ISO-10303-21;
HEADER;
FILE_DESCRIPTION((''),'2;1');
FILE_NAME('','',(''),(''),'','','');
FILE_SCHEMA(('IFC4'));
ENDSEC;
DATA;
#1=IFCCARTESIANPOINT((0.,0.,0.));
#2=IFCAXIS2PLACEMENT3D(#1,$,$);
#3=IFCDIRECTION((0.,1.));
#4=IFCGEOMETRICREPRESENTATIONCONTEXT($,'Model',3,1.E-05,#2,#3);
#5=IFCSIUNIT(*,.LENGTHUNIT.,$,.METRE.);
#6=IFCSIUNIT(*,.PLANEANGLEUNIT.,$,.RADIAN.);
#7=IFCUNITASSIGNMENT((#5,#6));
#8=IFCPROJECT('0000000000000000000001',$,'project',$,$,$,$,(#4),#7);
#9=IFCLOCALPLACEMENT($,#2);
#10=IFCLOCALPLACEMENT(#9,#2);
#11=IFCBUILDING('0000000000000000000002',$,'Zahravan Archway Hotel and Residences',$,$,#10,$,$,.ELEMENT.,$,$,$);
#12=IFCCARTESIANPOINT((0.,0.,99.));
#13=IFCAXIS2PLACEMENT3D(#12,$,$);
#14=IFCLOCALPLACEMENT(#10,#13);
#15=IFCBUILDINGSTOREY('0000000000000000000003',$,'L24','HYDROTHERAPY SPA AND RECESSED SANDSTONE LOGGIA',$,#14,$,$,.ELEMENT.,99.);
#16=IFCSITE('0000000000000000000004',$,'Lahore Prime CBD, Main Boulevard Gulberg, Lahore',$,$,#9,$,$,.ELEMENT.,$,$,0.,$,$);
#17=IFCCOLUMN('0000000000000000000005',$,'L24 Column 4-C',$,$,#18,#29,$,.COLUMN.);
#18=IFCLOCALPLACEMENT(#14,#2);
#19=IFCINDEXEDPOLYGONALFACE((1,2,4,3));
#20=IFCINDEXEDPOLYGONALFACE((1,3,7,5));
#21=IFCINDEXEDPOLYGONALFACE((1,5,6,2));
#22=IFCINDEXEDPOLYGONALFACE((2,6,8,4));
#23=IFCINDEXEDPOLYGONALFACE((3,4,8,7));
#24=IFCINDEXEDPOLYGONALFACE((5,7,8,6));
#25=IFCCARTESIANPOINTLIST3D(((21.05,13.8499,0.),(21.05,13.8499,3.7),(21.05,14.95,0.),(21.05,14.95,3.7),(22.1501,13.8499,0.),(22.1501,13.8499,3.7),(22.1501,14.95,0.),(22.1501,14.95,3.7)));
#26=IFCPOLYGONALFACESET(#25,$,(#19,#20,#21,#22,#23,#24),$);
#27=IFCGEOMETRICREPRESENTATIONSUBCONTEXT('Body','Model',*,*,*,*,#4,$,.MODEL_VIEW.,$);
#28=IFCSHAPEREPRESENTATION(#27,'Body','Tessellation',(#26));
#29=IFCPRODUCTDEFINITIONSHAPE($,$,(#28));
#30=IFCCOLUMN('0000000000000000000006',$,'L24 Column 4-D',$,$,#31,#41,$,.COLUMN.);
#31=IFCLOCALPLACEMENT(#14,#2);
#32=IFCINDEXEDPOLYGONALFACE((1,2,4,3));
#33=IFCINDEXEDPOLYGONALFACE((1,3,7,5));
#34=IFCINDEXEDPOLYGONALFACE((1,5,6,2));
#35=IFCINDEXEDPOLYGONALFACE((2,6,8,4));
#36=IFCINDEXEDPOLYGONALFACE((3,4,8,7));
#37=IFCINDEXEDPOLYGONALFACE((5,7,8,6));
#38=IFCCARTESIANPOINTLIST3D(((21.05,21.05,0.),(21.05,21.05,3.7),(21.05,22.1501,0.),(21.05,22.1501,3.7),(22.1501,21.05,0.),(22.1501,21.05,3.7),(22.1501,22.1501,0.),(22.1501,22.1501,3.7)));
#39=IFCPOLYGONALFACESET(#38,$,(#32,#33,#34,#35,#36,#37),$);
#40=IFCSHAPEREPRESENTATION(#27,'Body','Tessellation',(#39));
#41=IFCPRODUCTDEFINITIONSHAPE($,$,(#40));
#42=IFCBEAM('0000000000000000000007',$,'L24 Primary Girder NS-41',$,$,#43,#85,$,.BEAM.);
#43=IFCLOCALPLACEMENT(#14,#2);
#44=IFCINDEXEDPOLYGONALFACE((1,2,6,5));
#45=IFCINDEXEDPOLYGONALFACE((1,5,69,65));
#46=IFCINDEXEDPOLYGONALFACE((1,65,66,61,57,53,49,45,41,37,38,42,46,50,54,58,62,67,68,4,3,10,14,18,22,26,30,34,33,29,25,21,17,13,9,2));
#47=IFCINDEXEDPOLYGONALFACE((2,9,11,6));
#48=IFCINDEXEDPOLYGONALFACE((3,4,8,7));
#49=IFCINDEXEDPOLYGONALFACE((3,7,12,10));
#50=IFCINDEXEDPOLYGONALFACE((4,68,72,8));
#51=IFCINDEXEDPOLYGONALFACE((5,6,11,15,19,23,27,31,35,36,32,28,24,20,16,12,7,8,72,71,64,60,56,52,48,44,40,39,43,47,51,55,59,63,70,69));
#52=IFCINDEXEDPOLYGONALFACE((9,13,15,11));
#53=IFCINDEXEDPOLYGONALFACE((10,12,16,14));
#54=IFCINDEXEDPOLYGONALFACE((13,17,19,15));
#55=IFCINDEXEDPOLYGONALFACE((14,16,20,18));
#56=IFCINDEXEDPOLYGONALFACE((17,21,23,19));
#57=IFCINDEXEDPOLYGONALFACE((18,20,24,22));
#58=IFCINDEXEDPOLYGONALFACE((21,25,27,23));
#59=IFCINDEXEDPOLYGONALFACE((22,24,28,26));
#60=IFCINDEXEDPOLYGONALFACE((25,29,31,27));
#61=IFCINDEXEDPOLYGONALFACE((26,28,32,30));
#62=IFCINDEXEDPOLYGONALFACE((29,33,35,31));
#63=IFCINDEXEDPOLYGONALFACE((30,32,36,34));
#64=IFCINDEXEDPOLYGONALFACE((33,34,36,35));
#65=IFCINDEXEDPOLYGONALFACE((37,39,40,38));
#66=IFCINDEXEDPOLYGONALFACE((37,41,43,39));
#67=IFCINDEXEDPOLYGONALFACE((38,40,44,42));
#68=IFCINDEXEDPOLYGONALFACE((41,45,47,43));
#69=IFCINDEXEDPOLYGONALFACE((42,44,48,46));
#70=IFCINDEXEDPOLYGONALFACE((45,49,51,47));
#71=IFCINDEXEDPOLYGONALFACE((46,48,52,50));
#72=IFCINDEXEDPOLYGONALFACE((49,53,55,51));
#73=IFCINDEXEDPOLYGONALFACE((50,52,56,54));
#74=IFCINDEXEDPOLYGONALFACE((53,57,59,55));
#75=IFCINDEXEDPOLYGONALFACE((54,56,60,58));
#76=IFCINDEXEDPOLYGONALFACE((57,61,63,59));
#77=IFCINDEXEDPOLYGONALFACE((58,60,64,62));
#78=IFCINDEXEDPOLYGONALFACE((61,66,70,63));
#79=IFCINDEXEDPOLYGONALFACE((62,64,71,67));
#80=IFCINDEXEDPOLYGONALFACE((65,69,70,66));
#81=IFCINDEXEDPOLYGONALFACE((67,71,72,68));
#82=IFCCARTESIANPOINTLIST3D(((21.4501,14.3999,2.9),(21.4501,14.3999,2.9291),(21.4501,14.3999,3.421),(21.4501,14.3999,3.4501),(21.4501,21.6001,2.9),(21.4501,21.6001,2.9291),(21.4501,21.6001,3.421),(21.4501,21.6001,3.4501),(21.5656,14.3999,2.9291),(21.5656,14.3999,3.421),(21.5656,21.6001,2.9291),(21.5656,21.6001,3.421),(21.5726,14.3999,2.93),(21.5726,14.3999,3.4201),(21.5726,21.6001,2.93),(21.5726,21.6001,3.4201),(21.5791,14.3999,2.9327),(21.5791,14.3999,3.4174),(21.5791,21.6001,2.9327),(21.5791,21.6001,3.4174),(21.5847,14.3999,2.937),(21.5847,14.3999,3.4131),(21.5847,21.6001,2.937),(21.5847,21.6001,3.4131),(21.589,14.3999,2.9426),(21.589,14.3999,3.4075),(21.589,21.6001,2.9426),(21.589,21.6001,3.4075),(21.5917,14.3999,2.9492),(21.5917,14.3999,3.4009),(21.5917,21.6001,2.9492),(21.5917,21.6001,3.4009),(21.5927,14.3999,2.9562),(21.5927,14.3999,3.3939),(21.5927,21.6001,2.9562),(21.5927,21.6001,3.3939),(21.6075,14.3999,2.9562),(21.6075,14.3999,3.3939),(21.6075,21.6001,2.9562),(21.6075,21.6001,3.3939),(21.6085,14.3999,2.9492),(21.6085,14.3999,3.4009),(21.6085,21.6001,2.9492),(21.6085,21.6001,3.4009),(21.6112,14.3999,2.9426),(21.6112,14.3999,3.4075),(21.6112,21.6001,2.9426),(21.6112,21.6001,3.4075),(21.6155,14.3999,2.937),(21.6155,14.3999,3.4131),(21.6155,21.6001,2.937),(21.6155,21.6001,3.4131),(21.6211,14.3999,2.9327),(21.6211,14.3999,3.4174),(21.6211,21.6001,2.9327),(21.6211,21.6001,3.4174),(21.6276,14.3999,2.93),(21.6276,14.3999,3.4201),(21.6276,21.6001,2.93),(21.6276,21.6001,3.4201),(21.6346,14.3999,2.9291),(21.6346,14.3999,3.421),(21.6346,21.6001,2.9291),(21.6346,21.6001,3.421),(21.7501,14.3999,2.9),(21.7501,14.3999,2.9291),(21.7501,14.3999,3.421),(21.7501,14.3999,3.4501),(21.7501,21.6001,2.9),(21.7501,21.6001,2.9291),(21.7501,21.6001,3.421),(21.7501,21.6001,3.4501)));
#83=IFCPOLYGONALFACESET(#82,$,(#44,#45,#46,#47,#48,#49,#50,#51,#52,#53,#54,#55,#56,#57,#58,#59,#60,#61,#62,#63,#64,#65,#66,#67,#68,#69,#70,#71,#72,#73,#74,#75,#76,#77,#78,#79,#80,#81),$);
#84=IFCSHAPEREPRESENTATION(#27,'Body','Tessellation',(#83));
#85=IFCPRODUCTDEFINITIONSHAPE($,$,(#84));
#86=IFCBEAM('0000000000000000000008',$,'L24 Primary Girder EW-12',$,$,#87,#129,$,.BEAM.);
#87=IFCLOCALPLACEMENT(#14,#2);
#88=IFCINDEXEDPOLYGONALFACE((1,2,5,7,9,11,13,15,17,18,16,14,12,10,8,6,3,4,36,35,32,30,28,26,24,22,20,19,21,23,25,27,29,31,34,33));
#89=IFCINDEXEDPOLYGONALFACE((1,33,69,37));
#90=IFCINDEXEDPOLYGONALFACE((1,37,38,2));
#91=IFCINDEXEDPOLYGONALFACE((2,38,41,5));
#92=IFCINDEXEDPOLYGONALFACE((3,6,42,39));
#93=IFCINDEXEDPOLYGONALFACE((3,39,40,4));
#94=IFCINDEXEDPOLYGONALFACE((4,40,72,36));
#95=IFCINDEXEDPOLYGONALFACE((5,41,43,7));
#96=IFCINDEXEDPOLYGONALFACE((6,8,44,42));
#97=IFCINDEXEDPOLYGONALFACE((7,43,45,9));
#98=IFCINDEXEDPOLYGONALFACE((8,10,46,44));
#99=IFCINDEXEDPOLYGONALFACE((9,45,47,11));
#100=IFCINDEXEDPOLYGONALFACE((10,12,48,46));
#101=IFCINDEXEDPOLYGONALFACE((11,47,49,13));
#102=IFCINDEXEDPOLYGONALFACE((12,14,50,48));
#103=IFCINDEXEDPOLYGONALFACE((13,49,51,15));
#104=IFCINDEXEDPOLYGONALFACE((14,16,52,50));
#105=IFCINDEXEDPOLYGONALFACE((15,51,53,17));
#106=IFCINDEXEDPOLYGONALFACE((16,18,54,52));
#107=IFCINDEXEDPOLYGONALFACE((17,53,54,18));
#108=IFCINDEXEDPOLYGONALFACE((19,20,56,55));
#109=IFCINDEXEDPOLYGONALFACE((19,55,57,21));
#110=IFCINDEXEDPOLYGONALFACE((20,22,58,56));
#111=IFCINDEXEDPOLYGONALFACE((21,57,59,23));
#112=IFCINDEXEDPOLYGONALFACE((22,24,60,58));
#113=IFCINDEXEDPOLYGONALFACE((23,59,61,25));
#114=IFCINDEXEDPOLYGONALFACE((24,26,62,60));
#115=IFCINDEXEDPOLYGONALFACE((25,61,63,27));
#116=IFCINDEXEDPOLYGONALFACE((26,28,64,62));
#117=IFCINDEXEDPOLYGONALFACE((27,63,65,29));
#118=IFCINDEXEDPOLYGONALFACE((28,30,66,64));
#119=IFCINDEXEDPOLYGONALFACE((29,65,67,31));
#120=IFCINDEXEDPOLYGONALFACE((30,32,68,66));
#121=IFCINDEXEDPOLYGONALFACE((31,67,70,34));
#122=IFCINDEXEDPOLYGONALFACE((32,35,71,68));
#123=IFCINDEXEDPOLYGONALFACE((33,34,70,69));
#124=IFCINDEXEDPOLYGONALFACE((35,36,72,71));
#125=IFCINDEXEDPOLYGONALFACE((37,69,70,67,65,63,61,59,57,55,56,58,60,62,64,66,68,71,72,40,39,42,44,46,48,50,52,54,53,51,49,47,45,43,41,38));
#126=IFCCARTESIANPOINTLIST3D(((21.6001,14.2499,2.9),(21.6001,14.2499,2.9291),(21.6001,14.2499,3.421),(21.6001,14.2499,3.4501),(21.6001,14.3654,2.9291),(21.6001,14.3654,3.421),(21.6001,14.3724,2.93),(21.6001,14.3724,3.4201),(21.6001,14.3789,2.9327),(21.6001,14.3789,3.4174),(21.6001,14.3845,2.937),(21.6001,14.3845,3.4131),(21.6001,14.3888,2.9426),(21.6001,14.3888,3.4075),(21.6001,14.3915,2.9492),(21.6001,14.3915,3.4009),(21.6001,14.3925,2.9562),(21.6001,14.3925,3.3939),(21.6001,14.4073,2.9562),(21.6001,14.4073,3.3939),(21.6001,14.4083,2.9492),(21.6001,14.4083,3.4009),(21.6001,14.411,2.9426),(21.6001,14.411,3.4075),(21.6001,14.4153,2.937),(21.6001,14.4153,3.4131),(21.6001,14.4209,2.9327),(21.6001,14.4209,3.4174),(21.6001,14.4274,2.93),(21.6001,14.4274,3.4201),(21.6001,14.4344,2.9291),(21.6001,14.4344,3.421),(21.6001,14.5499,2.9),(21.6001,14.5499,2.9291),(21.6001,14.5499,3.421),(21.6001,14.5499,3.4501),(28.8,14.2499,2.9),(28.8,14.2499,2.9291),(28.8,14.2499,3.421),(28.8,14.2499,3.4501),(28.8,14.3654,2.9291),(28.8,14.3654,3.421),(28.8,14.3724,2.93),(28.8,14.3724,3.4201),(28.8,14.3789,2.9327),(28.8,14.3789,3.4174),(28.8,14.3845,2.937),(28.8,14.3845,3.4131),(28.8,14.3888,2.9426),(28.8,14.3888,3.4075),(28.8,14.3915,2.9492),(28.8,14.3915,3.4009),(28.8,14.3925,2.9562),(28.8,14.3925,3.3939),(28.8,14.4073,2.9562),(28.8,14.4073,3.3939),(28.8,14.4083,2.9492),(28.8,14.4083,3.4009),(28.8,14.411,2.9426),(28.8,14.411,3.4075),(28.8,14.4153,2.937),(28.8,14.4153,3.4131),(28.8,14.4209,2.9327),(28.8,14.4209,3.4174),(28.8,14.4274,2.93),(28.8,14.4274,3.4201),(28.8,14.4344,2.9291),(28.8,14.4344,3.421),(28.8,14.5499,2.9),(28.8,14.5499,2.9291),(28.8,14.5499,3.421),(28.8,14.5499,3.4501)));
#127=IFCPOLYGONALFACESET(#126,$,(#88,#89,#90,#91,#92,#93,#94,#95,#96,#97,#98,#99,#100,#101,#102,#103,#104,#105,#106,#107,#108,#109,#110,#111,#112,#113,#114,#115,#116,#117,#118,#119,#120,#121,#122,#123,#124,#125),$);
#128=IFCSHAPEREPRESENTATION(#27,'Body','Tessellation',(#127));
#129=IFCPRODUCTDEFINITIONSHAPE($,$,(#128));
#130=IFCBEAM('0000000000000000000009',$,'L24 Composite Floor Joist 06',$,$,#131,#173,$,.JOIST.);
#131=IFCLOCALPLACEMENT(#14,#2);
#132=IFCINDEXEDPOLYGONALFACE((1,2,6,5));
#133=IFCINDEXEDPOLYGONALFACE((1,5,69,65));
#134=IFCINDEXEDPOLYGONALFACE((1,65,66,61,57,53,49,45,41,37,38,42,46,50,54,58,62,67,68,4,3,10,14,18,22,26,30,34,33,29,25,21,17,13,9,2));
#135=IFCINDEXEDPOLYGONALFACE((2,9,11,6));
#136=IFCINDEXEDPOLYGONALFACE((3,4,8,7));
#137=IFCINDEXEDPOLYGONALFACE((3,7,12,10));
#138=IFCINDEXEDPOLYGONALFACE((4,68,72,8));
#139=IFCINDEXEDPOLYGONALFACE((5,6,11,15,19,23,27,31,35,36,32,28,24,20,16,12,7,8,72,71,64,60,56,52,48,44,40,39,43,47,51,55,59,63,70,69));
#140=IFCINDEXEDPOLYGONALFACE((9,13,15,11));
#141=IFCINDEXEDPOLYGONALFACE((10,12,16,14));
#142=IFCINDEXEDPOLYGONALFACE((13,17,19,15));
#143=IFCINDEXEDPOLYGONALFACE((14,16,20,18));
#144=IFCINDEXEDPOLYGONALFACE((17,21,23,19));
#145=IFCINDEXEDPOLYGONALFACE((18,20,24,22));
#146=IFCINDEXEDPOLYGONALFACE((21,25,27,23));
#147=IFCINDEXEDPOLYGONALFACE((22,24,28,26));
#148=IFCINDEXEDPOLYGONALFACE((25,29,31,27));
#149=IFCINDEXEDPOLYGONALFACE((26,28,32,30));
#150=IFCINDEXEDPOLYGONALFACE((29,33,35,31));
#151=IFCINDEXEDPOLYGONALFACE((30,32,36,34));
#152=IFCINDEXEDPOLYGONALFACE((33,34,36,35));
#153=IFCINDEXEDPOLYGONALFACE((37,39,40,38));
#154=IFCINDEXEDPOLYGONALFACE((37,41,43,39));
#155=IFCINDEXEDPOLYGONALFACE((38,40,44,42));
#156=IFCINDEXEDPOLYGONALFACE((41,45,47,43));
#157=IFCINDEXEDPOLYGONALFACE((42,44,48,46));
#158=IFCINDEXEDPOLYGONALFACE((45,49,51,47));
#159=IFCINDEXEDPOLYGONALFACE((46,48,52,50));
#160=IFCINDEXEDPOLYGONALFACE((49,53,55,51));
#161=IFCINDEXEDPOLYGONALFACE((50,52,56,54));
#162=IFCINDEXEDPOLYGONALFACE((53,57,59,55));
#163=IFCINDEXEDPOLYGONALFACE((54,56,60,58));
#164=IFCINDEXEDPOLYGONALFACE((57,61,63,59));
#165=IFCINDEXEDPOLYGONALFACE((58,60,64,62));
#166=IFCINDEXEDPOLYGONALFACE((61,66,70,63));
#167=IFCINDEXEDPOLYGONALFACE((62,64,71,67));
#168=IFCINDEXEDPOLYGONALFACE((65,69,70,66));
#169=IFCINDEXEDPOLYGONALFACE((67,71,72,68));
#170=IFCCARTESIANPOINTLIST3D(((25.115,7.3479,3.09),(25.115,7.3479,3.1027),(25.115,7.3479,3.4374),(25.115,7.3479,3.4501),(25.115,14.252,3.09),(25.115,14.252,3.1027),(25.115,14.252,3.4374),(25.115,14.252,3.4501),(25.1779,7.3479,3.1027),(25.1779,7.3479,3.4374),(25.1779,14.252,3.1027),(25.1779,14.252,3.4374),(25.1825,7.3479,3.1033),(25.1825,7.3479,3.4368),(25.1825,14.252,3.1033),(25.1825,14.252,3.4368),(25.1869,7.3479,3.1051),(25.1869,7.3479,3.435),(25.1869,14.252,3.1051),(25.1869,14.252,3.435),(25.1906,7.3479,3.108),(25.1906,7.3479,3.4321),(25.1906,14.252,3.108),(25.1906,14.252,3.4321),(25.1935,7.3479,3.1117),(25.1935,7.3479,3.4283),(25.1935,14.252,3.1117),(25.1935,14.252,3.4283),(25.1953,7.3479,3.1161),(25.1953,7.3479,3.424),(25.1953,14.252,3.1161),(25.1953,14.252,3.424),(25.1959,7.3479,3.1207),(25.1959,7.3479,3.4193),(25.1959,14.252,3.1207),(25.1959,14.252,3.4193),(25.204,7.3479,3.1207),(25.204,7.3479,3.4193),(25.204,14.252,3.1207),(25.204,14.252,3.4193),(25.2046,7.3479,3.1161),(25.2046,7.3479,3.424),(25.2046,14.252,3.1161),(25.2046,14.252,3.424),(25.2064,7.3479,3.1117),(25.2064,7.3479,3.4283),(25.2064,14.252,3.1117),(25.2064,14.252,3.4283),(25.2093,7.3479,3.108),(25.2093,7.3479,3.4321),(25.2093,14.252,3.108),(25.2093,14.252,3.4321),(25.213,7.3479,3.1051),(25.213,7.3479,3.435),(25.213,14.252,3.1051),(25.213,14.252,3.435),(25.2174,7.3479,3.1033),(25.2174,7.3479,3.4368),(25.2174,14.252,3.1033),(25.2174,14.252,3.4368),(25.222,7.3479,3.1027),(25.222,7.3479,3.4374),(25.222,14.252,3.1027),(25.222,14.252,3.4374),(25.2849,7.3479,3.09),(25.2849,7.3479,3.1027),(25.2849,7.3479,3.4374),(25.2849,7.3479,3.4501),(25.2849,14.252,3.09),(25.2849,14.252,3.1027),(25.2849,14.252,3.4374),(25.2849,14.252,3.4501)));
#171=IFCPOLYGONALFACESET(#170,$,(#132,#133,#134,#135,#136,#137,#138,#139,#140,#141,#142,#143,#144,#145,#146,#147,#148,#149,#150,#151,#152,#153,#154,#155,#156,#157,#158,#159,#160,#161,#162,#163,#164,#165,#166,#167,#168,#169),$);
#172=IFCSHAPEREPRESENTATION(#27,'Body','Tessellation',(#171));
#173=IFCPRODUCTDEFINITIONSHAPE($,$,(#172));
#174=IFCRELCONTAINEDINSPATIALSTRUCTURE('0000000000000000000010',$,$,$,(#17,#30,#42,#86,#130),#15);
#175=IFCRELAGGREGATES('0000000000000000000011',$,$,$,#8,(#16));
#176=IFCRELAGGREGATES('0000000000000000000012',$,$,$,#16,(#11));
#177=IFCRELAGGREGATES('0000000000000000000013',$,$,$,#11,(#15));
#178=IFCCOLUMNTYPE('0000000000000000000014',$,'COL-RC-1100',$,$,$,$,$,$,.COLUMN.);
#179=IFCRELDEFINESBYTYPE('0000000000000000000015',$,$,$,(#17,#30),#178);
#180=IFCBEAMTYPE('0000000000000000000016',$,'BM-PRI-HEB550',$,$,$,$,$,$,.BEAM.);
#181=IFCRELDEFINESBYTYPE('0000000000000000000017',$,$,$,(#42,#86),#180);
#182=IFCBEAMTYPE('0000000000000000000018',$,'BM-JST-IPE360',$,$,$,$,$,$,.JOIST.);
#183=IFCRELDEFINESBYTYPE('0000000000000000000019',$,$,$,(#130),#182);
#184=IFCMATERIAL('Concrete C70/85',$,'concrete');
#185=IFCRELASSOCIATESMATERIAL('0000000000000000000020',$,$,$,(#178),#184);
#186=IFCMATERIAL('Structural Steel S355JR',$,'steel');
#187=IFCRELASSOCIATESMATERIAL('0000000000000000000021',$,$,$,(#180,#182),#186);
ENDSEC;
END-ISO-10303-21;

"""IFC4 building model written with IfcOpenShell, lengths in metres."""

from ifc_helpers import new_model, si_unit, direction, frame, origin, origin_2d, place, context, subcontext, project, spatial, rectangle, i_section, extrude, source, transform, mapped, material, material_profile, profile_set, type_object, type_shapes, element, save


model = new_model("IFC4")

# Units and contexts
model_context = context("Model", 3, precision=1e-05, world=origin(), true_north=direction((0.0, 1.0)))
body_context = subcontext(model_context, "Body", "Model", "MODEL_VIEW")
ifc_project = project(units=[si_unit("LENGTHUNIT", "METRE"), si_unit("PLANEANGLEUNIT", "RADIAN")], contexts=[model_context])

# Site, building, storey
site_placement = place(None, origin())
site = spatial("IfcSite", under=ifc_project, at=site_placement, Name="Lahore Prime CBD, Main Boulevard Gulberg, Lahore", CompositionType="ELEMENT", RefElevation=0.0)
building_placement = place(site_placement, origin())
building = spatial("IfcBuilding", under=site, at=building_placement, Name="Zahravan Archway Hotel and Residences", CompositionType="ELEMENT")
storey_placement = place(building_placement, frame((0.0, 0.0, 99.0)))
storey = spatial("IfcBuildingStorey", under=building, at=storey_placement, Name="L24", Description="HYDROTHERAPY SPA AND RECESSED SANDSTONE LOGGIA", CompositionType="ELEMENT", Elevation=99.0)

# Columns
ifc_material_1 = material(Name="Concrete C70/85", Category="concrete")
ifc_material_profile_1 = material_profile(ifc_material_1, rectangle(XDim=1.1001, YDim=1.1001, at=origin_2d()), Name="RC 1100x1100", Category="concrete")
ifc_profile_set_1 = profile_set([ifc_material_profile_1], Name="Concrete C70/85")
column_type = type_object("IfcColumnType", Name="COL-RC-1100", PredefinedType="COLUMN", material=ifc_profile_set_1)
shared_shape_1 = source(origin(), body_context, "Body", "SweptSolid", [
    extrude(rectangle(XDim=1.1001, YDim=1.1001, at=origin_2d()), origin(), (0.0, 0.0, 1.0), 3.7),
])
for number, where, z_axis, x_axis, name in (
    (1, (21.6001, 14.3999, 0.0), (0.0, 0.0, 1.0), (1.0, 0.0, 0.0), "L24 Column 4-C"),
    (2, (21.6001, 21.6001, 0.0), (0.0, 0.0, 1.0), (1.0, 0.0, 0.0), "L24 Column 4-D"),
):
    element("IfcColumn", number, at=place(storey_placement, frame(where, z_axis=z_axis, x_axis=x_axis)), inside=storey, type_object=column_type, Name=name, PredefinedType="COLUMN", context=body_context, shape_type="MappedRepresentation", body=[
        mapped(shared_shape_1, transform((0.0, 0.0, 0.0), scale=1.0)),
    ])

# Beams
ifc_material_2 = material(Name="Structural Steel S355JR", Category="steel")
ifc_material_profile_2 = material_profile(ifc_material_2, i_section(OverallWidth=0.3, OverallDepth=0.55, WebThickness=0.0149, FlangeThickness=0.0291, FilletRadius=0.0271, at=origin_2d()), Name="HEB 550", Category="steel")
ifc_profile_set_2 = profile_set([ifc_material_profile_2], Name="Structural Steel S355JR")
beam_type_1 = type_object("IfcBeamType", Name="BM-PRI-HEB550", PredefinedType="BEAM", material=ifc_profile_set_2)
shared_shape_2 = source(origin(), body_context, "Body", "SweptSolid", [
    extrude(i_section(OverallWidth=0.3, OverallDepth=0.55, WebThickness=0.0149, FlangeThickness=0.0291, FilletRadius=0.0271, at=origin_2d()), origin(), (0.0, 0.0, 1.0), 7.2002),
])
type_shapes(beam_type_1, [shared_shape_2])
beam_1_placement = place(storey_placement, frame((21.6001, 14.3999, 3.175), z_axis=(0.0, 1.0, 0.0), x_axis=(-1.0, 0.0, 0.0)))
element("IfcBeam", 3, at=beam_1_placement, inside=storey, type_object=beam_type_1, Name="L24 Primary Girder NS-41", PredefinedType="BEAM", context=body_context, shape_type="MappedRepresentation", body=[
    mapped(shared_shape_2, transform((0.0, 0.0, 0.0), scale=1.0)),
])
shared_shape_3 = source(origin(), body_context, "Body", "SweptSolid", [
    extrude(i_section(OverallWidth=0.3, OverallDepth=0.55, WebThickness=0.0149, FlangeThickness=0.0291, FilletRadius=0.0271, at=origin_2d()), origin(), (0.0, 0.0, 1.0), 7.2),
])
beam_2_placement = place(storey_placement, frame((21.6001, 14.3999, 3.175), z_axis=(1.0, 0.0, 0.0), x_axis=(0.0, 1.0, 0.0)))
element("IfcBeam", 4, at=beam_2_placement, inside=storey, type_object=beam_type_1, Name="L24 Primary Girder EW-12", PredefinedType="BEAM", context=body_context, shape_type="MappedRepresentation", body=[
    mapped(shared_shape_3, transform((0.0, 0.0, 0.0), scale=1.0)),
])
ifc_material_profile_3 = material_profile(ifc_material_2, i_section(OverallWidth=0.1699, OverallDepth=0.3601, WebThickness=0.0081, FlangeThickness=0.0127, FilletRadius=0.0181, at=origin_2d()), Name="IPE 360", Category="steel")
ifc_profile_set_3 = profile_set([ifc_material_profile_3], Name="Structural Steel S355JR")
beam_type_2 = type_object("IfcBeamType", Name="BM-JST-IPE360", PredefinedType="JOIST", material=ifc_profile_set_3)
shared_shape_4 = source(origin(), body_context, "Body", "SweptSolid", [
    extrude(i_section(OverallWidth=0.1699, OverallDepth=0.3601, WebThickness=0.0081, FlangeThickness=0.0127, FilletRadius=0.0181, at=origin_2d()), origin(), (0.0, 0.0, 1.0), 6.9041),
])
type_shapes(beam_type_2, [shared_shape_4])
beam_3_placement = place(storey_placement, frame((25.2, 7.3479, 3.27), z_axis=(0.0, 1.0, 0.0), x_axis=(-1.0, 0.0, 0.0)))
element("IfcBeam", 5, at=beam_3_placement, inside=storey, type_object=beam_type_2, Name="L24 Composite Floor Joist 06", PredefinedType="JOIST", context=body_context, shape_type="MappedRepresentation", body=[
    mapped(shared_shape_4, transform((0.0, 0.0, 0.0), scale=1.0)),
])

save(model, "model.ifc")
